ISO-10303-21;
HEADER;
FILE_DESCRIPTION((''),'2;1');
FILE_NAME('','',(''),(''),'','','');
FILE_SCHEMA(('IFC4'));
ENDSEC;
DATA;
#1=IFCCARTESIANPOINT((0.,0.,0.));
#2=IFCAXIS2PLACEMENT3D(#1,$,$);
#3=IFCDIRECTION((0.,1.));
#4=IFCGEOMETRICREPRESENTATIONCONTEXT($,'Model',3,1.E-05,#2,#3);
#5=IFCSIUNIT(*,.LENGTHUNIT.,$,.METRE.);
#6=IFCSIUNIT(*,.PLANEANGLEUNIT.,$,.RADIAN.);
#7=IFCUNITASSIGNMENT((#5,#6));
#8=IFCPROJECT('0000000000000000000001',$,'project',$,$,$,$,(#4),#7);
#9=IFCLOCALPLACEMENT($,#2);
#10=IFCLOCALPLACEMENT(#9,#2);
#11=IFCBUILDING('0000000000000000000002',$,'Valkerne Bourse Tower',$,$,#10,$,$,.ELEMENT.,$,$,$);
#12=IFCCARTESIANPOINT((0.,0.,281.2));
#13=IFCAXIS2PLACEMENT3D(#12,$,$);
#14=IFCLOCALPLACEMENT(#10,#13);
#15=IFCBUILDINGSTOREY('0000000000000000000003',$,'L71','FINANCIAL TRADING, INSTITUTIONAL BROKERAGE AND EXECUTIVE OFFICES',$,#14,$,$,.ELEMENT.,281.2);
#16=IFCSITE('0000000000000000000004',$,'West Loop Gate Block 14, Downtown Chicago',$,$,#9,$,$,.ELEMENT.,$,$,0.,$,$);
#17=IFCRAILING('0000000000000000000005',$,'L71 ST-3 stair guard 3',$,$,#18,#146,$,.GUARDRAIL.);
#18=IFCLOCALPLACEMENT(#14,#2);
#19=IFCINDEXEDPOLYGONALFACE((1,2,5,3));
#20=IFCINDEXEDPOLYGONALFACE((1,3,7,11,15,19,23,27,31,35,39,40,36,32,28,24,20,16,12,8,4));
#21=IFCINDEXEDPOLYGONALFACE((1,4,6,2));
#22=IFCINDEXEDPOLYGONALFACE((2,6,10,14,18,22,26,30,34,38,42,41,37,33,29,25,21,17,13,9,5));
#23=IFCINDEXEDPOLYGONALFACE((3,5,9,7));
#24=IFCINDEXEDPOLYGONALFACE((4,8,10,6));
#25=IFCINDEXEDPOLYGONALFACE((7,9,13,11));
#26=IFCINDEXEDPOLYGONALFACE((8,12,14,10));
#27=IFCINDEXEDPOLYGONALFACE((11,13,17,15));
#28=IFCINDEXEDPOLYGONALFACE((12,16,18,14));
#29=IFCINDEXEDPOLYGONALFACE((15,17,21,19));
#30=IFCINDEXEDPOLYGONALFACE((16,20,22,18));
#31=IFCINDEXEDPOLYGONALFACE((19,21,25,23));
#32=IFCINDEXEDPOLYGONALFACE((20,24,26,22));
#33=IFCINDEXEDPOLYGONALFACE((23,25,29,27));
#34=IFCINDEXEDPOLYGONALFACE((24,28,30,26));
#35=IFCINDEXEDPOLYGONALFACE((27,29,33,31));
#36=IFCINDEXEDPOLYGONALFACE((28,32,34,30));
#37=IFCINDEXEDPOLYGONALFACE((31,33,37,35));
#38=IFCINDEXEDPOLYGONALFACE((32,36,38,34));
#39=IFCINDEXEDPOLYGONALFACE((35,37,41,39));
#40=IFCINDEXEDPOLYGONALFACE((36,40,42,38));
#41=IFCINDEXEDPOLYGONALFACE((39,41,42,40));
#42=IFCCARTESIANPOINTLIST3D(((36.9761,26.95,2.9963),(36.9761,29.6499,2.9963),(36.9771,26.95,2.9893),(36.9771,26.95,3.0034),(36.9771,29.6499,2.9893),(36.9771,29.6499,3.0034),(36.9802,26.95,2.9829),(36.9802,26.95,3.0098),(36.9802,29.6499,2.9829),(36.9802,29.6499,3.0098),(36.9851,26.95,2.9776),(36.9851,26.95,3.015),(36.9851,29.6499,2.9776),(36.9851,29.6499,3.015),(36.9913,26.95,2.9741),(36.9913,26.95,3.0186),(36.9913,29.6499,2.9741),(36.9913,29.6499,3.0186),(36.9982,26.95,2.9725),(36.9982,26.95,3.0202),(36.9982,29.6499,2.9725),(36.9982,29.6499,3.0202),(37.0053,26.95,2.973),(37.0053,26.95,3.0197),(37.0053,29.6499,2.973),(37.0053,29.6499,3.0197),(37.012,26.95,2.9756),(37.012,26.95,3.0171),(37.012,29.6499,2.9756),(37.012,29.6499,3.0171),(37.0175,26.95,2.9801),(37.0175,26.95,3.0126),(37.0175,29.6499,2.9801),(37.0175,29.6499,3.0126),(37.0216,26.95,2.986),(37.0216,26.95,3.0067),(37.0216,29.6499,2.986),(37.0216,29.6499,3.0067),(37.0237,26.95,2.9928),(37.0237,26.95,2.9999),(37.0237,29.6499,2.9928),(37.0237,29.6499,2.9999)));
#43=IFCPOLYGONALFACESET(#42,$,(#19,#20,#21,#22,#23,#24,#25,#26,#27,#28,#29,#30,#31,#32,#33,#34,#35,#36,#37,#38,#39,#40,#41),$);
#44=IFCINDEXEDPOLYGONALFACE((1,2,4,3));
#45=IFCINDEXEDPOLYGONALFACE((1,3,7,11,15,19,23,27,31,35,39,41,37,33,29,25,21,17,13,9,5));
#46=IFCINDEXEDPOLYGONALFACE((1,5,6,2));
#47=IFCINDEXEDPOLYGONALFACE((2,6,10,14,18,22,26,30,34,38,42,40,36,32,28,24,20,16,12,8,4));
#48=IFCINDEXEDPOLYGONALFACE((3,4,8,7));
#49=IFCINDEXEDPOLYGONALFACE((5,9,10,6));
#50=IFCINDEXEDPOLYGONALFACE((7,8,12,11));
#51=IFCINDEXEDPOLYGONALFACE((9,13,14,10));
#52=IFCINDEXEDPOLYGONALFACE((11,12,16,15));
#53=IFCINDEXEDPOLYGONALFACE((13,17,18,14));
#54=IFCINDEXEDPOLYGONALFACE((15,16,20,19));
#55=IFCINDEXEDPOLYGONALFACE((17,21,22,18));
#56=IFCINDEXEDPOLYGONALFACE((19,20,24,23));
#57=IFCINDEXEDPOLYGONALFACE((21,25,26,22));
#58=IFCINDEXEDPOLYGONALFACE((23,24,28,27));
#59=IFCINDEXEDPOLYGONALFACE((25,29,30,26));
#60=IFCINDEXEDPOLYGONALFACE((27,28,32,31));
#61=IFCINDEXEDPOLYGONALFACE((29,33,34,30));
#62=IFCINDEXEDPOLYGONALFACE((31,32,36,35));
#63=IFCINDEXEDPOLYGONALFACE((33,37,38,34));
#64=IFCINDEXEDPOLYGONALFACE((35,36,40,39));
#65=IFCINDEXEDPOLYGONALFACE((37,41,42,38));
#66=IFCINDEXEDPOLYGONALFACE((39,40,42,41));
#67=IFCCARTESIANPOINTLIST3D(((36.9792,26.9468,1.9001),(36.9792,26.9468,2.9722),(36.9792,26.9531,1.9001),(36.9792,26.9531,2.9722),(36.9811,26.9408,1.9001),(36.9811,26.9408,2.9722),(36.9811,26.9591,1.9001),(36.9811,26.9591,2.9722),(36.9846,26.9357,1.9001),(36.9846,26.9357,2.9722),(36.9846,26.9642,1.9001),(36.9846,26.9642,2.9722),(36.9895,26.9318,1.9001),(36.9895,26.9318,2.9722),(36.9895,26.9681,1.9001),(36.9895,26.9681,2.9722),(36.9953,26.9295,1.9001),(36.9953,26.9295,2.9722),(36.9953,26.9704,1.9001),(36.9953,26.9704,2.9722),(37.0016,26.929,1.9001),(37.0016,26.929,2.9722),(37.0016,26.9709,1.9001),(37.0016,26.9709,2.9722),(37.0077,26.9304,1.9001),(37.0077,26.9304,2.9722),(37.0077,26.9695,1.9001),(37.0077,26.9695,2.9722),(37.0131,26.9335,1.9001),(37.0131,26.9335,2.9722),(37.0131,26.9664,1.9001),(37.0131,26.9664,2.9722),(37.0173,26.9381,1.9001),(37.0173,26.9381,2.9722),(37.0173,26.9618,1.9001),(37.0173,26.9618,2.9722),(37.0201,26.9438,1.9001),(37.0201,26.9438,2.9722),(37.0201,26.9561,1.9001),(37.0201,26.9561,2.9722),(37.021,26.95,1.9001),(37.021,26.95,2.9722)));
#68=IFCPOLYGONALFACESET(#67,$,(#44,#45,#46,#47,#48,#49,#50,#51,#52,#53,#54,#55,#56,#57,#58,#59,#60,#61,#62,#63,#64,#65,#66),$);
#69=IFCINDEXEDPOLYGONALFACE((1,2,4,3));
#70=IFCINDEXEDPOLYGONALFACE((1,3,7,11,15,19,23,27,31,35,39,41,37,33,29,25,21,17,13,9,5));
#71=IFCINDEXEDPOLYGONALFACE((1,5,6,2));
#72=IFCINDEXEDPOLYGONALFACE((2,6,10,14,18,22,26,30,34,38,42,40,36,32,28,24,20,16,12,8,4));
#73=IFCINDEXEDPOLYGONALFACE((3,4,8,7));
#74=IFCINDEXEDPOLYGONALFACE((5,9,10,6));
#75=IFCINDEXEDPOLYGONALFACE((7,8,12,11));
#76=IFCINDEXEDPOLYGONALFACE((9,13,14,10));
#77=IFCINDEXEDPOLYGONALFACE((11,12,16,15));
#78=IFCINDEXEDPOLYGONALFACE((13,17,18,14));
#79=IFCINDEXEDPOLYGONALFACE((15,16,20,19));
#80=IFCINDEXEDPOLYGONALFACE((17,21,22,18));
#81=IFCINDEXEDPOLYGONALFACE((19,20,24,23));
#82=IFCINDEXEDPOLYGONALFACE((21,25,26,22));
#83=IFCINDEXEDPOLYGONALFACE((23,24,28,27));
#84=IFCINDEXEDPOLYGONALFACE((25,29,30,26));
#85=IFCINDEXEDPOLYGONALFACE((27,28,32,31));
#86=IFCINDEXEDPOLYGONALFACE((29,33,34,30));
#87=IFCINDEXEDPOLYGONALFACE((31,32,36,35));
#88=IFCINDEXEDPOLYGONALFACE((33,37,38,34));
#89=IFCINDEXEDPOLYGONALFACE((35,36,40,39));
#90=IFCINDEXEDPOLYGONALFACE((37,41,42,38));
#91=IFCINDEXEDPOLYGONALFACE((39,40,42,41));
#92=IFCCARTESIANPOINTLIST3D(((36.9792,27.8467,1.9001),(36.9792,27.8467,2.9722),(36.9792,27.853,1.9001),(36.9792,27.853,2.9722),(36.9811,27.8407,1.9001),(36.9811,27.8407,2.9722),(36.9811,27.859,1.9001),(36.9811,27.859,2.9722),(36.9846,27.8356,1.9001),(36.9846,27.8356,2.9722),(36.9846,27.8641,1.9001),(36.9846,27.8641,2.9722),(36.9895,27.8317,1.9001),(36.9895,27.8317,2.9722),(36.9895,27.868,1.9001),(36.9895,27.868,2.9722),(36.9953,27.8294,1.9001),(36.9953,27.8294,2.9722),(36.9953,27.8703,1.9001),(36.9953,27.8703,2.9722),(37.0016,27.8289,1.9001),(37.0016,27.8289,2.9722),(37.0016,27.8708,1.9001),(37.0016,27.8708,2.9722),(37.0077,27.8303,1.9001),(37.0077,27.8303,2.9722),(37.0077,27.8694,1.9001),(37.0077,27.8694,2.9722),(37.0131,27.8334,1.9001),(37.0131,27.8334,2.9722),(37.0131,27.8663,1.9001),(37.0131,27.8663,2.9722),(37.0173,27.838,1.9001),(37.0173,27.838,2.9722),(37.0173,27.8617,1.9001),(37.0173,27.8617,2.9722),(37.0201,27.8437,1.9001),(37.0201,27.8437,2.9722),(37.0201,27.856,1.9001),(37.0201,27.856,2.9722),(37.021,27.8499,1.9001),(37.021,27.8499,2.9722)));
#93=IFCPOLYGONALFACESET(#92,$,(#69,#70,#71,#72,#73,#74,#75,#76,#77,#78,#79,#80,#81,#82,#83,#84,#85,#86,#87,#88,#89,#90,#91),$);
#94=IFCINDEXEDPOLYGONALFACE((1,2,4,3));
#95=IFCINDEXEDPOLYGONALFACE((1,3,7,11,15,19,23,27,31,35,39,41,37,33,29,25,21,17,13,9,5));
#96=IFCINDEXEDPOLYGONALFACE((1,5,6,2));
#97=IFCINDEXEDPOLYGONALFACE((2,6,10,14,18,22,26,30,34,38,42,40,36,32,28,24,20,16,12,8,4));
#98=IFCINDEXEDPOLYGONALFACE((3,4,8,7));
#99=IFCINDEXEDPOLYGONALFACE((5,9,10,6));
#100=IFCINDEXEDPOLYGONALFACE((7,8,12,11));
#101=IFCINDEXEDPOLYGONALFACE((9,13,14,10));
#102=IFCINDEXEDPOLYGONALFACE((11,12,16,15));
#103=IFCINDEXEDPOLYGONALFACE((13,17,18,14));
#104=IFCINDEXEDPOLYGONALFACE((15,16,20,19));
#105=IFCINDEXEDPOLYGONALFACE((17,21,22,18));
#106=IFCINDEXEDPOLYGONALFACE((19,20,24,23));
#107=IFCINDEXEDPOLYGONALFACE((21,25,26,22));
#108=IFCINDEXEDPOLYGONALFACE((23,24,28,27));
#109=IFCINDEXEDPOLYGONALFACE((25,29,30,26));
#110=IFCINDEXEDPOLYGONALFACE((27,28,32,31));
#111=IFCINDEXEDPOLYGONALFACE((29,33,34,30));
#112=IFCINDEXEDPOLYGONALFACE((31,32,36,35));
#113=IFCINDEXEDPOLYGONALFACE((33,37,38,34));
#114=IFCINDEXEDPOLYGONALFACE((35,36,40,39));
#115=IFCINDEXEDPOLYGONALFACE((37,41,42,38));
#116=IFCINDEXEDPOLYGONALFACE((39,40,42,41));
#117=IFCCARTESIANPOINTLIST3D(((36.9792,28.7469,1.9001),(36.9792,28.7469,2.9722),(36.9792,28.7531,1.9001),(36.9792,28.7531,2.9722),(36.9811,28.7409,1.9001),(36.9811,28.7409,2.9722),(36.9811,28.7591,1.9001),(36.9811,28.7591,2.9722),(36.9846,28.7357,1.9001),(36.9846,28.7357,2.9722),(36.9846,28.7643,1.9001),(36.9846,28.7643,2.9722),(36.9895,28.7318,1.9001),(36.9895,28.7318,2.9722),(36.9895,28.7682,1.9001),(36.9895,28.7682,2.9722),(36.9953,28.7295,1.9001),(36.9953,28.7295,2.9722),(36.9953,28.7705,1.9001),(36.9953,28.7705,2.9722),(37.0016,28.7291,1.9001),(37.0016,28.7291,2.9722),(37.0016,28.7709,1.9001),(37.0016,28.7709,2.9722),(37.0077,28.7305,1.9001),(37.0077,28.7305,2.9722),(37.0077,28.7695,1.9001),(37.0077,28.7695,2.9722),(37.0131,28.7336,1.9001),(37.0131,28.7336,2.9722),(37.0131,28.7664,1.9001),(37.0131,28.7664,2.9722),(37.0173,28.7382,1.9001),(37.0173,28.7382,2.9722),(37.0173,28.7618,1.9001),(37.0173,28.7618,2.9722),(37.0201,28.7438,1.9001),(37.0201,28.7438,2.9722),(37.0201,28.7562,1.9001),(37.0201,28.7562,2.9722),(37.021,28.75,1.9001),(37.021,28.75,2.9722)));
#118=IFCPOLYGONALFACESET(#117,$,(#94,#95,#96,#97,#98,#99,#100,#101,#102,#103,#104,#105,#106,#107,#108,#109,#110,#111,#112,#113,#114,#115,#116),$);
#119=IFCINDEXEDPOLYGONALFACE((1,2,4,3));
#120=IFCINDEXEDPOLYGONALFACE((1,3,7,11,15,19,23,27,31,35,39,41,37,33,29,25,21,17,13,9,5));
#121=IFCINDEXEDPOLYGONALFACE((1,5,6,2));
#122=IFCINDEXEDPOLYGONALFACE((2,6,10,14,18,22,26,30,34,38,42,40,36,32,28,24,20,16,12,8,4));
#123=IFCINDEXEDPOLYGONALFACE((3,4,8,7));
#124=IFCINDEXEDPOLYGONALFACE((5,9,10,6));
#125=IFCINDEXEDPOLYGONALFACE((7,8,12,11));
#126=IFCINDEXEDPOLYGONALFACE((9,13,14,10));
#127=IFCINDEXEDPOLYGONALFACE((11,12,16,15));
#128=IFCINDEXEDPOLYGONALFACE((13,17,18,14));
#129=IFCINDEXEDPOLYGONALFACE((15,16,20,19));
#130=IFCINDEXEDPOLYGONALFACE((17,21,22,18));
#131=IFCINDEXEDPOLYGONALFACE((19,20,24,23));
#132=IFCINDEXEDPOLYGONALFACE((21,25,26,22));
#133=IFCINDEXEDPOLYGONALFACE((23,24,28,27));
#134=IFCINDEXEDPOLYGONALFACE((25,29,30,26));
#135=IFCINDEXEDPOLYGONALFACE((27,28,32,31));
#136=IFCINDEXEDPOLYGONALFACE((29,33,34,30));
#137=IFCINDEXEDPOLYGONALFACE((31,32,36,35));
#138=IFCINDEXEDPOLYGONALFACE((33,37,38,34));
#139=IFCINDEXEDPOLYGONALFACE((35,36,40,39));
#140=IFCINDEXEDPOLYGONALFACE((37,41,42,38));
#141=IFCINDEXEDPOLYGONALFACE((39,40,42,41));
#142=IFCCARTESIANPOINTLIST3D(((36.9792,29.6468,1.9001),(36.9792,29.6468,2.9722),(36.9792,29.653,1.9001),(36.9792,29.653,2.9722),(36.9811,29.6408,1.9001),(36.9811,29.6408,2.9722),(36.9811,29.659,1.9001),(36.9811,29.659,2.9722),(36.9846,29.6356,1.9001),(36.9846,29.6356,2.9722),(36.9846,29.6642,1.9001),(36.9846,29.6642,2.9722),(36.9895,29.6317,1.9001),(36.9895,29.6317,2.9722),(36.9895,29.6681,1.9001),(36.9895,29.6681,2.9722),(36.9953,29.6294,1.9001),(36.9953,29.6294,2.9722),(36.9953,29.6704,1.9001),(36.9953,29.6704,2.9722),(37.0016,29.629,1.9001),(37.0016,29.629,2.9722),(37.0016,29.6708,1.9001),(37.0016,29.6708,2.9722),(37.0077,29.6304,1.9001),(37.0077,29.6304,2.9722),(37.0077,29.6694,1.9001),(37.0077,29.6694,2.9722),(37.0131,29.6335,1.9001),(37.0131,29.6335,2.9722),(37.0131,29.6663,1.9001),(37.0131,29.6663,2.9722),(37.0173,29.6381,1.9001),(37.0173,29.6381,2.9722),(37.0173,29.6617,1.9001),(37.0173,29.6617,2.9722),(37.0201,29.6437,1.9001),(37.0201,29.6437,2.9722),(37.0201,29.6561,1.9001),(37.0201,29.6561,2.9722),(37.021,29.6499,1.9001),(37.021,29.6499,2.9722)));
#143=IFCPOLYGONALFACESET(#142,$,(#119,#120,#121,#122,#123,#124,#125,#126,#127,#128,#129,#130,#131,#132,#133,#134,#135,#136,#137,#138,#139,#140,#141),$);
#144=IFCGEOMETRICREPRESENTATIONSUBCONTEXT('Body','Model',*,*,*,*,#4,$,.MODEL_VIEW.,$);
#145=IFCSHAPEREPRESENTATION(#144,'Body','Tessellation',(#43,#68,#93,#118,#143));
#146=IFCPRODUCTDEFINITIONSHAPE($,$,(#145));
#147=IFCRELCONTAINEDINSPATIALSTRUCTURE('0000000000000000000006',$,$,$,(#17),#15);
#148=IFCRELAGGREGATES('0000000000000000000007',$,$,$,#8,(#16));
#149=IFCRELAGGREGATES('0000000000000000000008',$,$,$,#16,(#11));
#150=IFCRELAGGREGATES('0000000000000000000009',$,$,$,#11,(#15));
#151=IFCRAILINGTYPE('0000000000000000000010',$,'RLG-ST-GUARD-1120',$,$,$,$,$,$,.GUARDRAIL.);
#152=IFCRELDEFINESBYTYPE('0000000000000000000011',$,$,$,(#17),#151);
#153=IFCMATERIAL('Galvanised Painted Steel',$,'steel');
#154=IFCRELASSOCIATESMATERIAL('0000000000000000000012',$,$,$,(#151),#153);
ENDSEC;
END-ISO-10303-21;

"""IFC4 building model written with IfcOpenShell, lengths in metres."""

from ifc_helpers import new_model, si_unit, direction, frame, origin, origin_2d, place, context, subcontext, project, spatial, circle, extrude, material, type_object, element, save


model = new_model("IFC4")

# Units and contexts
model_context = context("Model", 3, precision=1e-05, world=origin(), true_north=direction((0.0, 1.0)))
body_context = subcontext(model_context, "Body", "Model", "MODEL_VIEW")
ifc_project = project(units=[si_unit("LENGTHUNIT", "METRE"), si_unit("PLANEANGLEUNIT", "RADIAN")], contexts=[model_context])

# Site, building, storey
site_placement = place(None, origin())
site = spatial("IfcSite", under=ifc_project, at=site_placement, Name="West Loop Gate Block 14, Downtown Chicago", CompositionType="ELEMENT", RefElevation=0.0)
building_placement = place(site_placement, origin())
building = spatial("IfcBuilding", under=site, at=building_placement, Name="Valkerne Bourse Tower", CompositionType="ELEMENT")
storey_placement = place(building_placement, frame((0.0, 0.0, 281.2)))
storey = spatial("IfcBuildingStorey", under=building, at=storey_placement, Name="L71", Description="FINANCIAL TRADING, INSTITUTIONAL BROKERAGE AND EXECUTIVE OFFICES", CompositionType="ELEMENT", Elevation=281.2)

# Railing
ifc_material_1 = material(Name="Galvanised Painted Steel", Category="steel")
railing_type_1 = type_object("IfcRailingType", Name="RLG-ST-GUARD-1120", PredefinedType="GUARDRAIL", material=ifc_material_1)
railing_1_placement = place(storey_placement, frame((37.0, 26.95, 1.9001)))
element("IfcRailing", 1, at=railing_1_placement, inside=storey, type_object=railing_type_1, Name="L71 ST-3 stair guard 3", PredefinedType="GUARDRAIL", context=body_context, shape_type="SweptSolid", body=[
    extrude(circle(Radius=0.0239, at=origin_2d()), frame((0.0, 0.0, 1.0962), z_axis=(0.0, 1.0, 0.0), x_axis=(-1.0, 0.0, 0.0)), (0.0, 0.0, 1.0), 2.7),
    extrude(circle(Radius=0.021, at=origin_2d()), origin(), (0.0, 0.0, 1.0), 1.072),
    extrude(circle(Radius=0.021, at=origin_2d()), frame((0.0, 0.8999, 0.0)), (0.0, 0.0, 1.0), 1.072),
    extrude(circle(Radius=0.021, at=origin_2d()), frame((0.0, 1.8, 0.0)), (0.0, 0.0, 1.0), 1.072),
    extrude(circle(Radius=0.021, at=origin_2d()), frame((0.0, 2.7, 0.0)), (0.0, 0.0, 1.0), 1.072),
])

save(model, "model.ifc")
